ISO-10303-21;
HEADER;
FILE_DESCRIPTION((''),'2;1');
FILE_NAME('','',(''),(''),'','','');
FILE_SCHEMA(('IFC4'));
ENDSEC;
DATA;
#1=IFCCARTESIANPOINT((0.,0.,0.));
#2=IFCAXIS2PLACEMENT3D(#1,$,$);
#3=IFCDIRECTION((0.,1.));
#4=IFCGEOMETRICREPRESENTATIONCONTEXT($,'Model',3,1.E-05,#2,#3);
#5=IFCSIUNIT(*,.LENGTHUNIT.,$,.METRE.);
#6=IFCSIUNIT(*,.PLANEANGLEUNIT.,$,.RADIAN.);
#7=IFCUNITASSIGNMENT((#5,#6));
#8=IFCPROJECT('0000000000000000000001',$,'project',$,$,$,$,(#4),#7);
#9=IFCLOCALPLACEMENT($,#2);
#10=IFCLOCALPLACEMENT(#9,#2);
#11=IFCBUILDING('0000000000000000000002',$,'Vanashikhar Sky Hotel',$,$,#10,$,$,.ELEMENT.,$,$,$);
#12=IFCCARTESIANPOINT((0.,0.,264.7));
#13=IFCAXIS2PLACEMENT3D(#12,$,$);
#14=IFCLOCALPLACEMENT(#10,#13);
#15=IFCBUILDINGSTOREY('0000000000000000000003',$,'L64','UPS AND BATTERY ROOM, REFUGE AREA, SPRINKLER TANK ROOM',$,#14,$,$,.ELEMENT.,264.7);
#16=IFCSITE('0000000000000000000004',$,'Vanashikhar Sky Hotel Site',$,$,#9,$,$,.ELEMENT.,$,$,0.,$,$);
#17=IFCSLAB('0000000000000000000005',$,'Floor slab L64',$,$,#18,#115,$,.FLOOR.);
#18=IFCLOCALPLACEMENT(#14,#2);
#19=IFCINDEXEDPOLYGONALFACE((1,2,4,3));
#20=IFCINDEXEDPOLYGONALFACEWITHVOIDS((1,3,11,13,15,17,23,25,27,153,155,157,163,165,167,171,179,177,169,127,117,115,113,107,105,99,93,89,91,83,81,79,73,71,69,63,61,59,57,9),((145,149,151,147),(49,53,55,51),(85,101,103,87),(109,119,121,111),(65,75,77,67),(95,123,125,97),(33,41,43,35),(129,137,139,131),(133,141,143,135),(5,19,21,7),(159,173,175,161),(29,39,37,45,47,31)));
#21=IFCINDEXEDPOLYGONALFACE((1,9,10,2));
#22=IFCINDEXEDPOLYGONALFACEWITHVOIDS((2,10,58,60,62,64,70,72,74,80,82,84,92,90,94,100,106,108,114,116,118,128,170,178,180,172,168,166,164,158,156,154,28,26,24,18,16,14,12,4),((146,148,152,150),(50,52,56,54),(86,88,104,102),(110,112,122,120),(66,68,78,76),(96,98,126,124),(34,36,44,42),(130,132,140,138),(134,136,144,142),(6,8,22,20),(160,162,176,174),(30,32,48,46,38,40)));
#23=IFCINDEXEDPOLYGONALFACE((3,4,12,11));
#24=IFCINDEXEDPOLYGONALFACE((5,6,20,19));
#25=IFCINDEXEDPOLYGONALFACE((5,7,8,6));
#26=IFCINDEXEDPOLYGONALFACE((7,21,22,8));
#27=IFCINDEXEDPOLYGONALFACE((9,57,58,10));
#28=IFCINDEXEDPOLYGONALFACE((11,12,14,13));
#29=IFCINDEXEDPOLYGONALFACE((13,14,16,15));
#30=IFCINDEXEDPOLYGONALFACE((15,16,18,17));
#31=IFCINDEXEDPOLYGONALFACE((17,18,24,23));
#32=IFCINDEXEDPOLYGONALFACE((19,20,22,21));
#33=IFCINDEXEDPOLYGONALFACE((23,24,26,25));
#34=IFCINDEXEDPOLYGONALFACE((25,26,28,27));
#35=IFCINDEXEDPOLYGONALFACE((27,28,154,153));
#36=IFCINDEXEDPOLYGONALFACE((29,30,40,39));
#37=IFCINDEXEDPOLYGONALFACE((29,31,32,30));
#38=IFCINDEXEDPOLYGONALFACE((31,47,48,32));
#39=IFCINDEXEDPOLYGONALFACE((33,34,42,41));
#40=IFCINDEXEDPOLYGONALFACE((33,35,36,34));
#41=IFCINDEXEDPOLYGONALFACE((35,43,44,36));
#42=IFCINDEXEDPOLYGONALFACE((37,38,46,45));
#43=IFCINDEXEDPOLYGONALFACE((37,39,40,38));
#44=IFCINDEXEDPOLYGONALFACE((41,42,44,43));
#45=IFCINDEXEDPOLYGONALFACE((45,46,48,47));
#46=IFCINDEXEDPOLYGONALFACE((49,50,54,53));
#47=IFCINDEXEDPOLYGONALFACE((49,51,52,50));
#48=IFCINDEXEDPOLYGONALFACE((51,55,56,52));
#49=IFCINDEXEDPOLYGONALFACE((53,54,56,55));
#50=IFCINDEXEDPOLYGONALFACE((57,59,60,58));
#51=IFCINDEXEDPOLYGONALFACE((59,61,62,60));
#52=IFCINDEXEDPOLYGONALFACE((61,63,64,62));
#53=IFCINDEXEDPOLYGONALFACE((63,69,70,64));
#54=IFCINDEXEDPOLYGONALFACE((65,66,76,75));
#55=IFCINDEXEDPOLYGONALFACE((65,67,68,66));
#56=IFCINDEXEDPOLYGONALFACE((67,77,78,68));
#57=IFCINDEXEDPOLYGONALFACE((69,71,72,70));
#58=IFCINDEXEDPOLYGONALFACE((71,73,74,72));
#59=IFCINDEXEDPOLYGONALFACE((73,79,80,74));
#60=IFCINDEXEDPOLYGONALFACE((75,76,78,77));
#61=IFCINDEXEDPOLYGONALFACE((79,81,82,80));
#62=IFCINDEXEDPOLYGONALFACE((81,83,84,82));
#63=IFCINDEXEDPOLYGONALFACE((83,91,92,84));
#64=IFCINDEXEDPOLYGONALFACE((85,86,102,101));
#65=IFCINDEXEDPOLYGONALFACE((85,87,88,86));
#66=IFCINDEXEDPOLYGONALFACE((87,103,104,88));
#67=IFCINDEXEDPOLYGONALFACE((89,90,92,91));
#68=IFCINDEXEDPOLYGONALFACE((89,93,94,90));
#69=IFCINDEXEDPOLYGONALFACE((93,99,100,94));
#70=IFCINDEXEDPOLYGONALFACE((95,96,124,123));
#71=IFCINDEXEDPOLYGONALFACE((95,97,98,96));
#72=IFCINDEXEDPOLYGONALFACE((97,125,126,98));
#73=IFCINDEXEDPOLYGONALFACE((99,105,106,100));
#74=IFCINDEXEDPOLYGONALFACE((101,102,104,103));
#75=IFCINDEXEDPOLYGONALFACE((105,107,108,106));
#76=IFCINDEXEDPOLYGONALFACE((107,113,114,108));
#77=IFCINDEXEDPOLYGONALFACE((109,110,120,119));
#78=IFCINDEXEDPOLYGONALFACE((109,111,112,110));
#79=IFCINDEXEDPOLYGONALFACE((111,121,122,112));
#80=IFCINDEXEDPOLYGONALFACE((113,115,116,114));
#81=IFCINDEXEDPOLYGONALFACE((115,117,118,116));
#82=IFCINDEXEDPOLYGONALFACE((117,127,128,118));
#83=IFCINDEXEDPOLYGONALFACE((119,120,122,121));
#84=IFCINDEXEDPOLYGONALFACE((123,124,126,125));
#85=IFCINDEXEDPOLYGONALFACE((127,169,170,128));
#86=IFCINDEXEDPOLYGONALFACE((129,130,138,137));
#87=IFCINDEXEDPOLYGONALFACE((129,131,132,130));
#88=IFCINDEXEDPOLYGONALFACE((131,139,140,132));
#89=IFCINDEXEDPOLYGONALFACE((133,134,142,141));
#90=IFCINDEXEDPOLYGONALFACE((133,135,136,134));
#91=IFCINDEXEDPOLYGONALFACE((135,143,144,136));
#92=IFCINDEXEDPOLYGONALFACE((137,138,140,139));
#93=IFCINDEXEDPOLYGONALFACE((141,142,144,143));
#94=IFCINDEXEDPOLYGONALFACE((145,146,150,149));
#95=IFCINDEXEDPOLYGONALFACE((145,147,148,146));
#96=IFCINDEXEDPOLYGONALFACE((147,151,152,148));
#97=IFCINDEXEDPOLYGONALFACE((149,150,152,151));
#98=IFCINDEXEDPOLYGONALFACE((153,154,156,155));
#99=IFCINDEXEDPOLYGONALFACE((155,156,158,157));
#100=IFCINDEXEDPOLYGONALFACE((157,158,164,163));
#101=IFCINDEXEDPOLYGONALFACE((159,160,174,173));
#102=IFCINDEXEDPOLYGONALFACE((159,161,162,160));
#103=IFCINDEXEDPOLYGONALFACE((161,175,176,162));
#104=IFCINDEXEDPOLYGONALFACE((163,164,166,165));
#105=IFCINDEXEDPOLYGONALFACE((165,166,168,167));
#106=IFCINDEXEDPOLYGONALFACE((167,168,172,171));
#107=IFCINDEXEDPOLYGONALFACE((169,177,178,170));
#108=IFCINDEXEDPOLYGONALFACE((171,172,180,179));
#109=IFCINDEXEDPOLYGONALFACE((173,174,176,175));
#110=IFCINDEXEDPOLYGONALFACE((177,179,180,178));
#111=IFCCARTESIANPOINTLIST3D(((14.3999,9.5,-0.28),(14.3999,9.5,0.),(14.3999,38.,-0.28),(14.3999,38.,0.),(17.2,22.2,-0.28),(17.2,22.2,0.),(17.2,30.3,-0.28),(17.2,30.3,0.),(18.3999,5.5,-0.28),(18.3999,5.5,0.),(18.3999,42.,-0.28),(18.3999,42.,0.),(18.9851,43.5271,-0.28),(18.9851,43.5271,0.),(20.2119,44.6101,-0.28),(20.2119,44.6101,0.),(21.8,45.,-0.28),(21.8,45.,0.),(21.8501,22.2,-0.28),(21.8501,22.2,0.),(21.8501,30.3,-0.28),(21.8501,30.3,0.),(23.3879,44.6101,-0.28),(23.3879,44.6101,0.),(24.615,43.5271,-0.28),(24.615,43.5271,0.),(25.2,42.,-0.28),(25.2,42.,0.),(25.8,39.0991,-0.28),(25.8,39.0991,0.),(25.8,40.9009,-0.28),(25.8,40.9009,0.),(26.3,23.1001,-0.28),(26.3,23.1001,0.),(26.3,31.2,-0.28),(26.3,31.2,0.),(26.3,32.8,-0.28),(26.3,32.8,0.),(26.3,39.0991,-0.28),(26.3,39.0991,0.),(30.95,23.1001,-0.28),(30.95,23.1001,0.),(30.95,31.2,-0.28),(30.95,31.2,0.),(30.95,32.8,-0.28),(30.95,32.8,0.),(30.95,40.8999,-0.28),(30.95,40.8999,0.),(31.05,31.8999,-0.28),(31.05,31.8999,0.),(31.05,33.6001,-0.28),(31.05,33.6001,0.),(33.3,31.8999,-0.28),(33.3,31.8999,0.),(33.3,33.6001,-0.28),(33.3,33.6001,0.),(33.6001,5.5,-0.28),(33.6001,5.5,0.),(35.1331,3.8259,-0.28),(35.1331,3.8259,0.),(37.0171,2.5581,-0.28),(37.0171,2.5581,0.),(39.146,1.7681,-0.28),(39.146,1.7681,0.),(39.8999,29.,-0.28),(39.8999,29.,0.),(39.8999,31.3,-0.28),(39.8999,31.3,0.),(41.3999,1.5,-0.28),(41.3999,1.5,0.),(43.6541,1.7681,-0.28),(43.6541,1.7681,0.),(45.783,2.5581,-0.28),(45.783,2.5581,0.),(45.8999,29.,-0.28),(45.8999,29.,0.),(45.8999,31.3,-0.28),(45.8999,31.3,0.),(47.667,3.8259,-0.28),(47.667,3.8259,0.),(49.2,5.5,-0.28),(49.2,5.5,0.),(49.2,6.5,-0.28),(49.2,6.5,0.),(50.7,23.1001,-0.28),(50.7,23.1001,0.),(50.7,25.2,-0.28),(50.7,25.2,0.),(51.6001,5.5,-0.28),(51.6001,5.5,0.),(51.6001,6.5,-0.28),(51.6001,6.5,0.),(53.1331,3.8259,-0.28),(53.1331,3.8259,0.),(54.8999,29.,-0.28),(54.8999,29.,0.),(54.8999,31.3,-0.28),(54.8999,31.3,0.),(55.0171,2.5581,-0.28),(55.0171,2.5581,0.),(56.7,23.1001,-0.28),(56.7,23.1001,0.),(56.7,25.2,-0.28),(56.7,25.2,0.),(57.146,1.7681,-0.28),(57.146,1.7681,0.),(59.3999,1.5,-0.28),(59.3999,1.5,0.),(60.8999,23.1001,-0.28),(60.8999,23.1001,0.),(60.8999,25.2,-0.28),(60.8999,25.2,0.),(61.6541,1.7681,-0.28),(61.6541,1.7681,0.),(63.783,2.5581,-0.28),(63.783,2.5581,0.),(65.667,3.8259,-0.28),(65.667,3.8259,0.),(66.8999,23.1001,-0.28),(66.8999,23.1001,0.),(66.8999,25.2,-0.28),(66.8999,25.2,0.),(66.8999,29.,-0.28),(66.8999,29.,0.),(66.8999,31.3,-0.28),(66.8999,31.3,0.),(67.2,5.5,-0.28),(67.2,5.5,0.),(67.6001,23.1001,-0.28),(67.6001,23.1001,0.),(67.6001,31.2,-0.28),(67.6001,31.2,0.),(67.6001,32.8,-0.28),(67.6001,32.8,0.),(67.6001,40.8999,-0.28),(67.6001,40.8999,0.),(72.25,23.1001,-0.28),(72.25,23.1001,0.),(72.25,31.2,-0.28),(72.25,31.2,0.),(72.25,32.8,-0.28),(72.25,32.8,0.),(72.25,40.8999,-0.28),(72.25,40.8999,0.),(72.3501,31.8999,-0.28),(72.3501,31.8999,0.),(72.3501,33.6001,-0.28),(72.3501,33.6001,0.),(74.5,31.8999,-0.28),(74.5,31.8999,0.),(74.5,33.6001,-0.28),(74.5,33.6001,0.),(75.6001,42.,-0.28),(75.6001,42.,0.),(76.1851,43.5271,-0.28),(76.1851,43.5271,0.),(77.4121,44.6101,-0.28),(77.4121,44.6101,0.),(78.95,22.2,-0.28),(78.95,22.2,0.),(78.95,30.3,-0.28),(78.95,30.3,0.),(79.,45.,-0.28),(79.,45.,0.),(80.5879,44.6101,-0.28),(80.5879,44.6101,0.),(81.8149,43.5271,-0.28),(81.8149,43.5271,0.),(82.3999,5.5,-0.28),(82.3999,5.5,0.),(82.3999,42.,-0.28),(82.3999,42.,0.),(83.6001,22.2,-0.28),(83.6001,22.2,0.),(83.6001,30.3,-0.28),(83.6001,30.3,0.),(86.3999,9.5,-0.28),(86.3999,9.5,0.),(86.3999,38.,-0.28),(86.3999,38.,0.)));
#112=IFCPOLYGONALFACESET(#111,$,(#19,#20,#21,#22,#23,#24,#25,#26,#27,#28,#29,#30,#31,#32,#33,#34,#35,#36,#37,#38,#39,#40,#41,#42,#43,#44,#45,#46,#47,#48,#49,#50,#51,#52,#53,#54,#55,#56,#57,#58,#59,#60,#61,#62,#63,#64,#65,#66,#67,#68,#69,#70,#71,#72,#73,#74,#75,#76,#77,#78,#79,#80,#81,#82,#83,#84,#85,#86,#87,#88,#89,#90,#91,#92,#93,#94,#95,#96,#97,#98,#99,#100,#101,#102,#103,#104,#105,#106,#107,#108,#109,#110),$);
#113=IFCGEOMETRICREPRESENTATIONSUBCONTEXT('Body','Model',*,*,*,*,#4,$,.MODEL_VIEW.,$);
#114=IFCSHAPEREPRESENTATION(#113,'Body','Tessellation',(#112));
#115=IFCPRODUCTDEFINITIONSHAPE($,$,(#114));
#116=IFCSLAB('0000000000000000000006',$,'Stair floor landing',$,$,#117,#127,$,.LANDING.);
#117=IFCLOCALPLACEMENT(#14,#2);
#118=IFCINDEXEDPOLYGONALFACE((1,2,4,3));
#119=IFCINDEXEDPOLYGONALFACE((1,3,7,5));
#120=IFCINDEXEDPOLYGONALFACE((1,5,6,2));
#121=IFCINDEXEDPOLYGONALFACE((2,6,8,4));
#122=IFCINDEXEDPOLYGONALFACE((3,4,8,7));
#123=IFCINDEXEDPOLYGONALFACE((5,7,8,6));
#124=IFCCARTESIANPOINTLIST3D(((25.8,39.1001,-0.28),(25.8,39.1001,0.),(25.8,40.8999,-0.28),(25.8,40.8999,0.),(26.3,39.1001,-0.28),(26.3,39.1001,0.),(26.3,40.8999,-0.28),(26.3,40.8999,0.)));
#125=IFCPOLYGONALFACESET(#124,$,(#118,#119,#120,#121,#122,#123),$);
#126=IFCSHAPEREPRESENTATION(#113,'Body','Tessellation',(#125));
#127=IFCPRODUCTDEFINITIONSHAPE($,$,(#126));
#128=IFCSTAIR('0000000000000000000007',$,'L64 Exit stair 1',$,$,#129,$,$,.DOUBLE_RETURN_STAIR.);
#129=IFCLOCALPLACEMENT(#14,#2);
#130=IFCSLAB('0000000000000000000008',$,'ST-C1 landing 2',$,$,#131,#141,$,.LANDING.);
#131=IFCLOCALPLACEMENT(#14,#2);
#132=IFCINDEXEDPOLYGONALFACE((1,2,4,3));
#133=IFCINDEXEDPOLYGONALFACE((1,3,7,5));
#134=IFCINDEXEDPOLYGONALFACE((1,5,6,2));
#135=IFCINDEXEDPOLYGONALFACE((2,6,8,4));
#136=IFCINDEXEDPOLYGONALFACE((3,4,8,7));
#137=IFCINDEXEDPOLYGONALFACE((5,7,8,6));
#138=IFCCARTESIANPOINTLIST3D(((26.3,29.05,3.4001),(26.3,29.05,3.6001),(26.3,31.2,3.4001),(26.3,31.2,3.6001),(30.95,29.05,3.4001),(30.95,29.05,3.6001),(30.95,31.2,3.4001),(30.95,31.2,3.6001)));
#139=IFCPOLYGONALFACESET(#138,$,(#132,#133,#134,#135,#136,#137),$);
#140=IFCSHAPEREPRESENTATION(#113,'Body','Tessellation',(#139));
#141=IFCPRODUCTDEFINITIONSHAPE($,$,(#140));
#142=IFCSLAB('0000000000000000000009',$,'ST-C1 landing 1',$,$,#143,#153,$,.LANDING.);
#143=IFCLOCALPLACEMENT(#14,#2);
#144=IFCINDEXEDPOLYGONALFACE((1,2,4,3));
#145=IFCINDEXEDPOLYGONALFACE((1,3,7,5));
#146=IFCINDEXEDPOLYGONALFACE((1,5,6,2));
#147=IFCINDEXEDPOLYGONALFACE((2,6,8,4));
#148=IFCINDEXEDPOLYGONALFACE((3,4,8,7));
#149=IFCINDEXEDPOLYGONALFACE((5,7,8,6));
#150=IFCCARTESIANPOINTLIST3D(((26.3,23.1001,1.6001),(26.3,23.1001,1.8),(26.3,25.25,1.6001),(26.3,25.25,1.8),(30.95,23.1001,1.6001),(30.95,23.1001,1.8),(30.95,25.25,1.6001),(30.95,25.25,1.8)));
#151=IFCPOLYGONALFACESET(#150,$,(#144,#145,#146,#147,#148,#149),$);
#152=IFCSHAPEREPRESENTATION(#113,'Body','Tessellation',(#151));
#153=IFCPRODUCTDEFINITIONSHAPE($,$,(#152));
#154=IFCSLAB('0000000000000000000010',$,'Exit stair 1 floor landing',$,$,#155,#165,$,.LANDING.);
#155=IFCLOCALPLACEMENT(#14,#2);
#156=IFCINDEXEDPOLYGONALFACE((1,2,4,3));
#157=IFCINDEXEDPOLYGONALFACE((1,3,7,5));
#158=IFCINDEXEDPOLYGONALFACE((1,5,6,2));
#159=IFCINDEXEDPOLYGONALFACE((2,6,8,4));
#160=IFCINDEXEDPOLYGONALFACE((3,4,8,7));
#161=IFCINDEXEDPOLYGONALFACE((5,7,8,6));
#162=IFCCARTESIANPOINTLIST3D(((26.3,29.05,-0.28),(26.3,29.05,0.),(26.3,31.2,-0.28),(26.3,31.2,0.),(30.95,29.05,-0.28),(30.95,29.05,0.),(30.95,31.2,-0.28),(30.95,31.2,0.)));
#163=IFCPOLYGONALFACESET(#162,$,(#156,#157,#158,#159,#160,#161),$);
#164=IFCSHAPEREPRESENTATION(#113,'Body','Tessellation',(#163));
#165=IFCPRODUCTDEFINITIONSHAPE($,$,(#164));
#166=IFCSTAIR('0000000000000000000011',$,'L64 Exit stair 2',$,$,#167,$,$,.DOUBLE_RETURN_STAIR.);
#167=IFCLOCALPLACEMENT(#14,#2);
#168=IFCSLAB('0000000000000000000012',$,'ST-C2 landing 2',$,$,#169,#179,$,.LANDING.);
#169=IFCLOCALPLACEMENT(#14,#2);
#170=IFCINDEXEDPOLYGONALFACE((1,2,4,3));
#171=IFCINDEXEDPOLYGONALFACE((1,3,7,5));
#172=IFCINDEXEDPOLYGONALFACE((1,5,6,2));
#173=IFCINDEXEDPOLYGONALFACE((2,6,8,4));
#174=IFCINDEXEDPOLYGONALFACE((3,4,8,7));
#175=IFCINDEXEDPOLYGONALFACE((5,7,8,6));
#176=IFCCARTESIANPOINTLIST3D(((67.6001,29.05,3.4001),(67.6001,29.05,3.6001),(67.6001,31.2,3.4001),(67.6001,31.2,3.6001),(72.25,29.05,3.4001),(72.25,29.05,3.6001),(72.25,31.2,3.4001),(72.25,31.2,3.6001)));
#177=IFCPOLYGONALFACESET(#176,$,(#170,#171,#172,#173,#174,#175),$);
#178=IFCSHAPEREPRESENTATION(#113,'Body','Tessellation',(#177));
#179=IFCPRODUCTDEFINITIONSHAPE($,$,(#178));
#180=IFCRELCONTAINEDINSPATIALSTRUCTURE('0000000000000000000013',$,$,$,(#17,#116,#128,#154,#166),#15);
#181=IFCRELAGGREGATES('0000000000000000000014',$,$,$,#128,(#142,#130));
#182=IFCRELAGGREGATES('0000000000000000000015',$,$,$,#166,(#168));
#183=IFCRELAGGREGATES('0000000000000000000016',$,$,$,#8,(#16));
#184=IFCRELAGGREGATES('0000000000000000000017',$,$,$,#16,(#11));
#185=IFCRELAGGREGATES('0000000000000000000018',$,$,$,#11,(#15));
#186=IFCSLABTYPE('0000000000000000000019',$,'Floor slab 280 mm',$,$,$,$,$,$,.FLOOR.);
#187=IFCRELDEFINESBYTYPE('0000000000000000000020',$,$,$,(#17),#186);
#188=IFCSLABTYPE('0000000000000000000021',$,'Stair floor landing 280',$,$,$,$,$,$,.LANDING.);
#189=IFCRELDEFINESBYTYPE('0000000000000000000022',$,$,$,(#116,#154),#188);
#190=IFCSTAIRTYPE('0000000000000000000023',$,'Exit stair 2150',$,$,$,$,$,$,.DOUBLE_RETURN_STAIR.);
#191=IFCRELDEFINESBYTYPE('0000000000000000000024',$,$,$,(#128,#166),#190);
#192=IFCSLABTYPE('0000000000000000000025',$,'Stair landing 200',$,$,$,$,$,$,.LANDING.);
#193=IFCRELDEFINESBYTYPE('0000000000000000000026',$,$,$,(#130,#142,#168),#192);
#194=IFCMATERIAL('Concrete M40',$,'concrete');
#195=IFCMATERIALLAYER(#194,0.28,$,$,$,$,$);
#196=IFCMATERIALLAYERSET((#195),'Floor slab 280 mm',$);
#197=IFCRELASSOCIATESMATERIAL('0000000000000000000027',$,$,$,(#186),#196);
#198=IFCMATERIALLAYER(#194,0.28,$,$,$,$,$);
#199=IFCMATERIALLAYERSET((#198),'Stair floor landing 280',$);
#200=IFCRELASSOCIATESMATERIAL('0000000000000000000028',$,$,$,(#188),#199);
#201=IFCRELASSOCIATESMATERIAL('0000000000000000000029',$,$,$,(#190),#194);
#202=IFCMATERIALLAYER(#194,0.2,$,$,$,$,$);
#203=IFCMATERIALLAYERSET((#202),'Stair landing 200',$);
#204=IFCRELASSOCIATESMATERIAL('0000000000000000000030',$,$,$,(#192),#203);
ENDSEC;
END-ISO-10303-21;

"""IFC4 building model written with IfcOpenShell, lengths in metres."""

from ifc_helpers import new_model, si_unit, direction, frame, origin, place, context, subcontext, project, spatial, polyline, outline, extrude, source, transform, mapped, material, layer, layer_set, type_object, element, aggregate, save


model = new_model("IFC4")

# Units and contexts
model_context = context("Model", 3, precision=1e-05, world=origin(), true_north=direction((0.0, 1.0)))
body_context = subcontext(model_context, "Body", "Model", "MODEL_VIEW")
ifc_project = project(units=[si_unit("LENGTHUNIT", "METRE"), si_unit("PLANEANGLEUNIT", "RADIAN")], contexts=[model_context])

# Site, building, storey
site_placement = place(None, origin())
site = spatial("IfcSite", under=ifc_project, at=site_placement, Name="Vanashikhar Sky Hotel Site", CompositionType="ELEMENT", RefElevation=0.0)
building_placement = place(site_placement, origin())
building = spatial("IfcBuilding", under=site, at=building_placement, Name="Vanashikhar Sky Hotel", CompositionType="ELEMENT")
storey_placement = place(building_placement, frame((0.0, 0.0, 264.7)))
storey = spatial("IfcBuildingStorey", under=building, at=storey_placement, Name="L64", Description="UPS AND BATTERY ROOM, REFUGE AREA, SPRINKLER TANK ROOM", CompositionType="ELEMENT", Elevation=264.7)

# Slabs
ifc_material_1 = material(Name="Concrete M40", Category="concrete")
ifc_layer_1 = layer(ifc_material_1, 0.28)
ifc_layer_set_1 = layer_set([ifc_layer_1], Name="Floor slab 280 mm")
slab_type_1 = type_object("IfcSlabType", Name="Floor slab 280 mm", PredefinedType="FLOOR", material=ifc_layer_set_1)
shared_shape_1 = source(origin(), body_context, "Body", "SweptSolid", [
    extrude(outline(polyline([(49.2, 5.5), (49.2, 6.5), (51.6001, 6.5), (51.6001, 5.5), (53.1331, 3.8259), (55.0171, 2.5581), (57.146, 1.7681), (59.3999, 1.5), (61.6541, 1.7681), (63.783, 2.5581), (65.667, 3.8259), (67.2, 5.5), (82.3999, 5.5), (86.3999, 9.5), (86.3999, 38.0), (82.3999, 42.0), (81.8149, 43.5271), (80.5879, 44.6101), (79.0, 45.0), (77.4121, 44.6101), (76.1851, 43.5271), (75.6001, 42.0), (25.2, 42.0), (24.615, 43.5271), (23.3879, 44.6101), (21.8, 45.0), (20.2119, 44.6101), (18.9851, 43.5271), (18.3999, 42.0), (14.3999, 38.0), (14.3999, 9.5), (18.3999, 5.5), (33.6001, 5.5), (35.1331, 3.8259), (37.0171, 2.5581), (39.146, 1.7681), (41.3999, 1.5), (43.6541, 1.7681), (45.783, 2.5581), (47.667, 3.8259), (49.2, 5.5)]), holes=[polyline([(33.3, 33.6001), (31.05, 33.6001), (31.05, 31.8999), (33.3, 31.8999), (33.3, 33.6001)]), polyline([(39.8999, 31.3), (39.8999, 29.0), (45.8999, 29.0), (45.8999, 31.3), (39.8999, 31.3)]), polyline([(50.7, 25.2), (50.7, 23.1001), (56.7, 23.1001), (56.7, 25.2), (50.7, 25.2)]), polyline([(66.8999, 29.0), (66.8999, 31.3), (54.8999, 31.3), (54.8999, 29.0), (66.8999, 29.0)]), polyline([(60.8999, 25.2), (60.8999, 23.1001), (66.8999, 23.1001), (66.8999, 25.2), (60.8999, 25.2)]), polyline([(74.5, 33.6001), (72.3501, 33.6001), (72.3501, 31.8999), (74.5, 31.8999), (74.5, 33.6001)]), polyline([(30.95, 23.1001), (30.95, 31.2), (26.3, 31.2), (26.3, 23.1001), (30.95, 23.1001)]), polyline([(72.25, 23.1001), (72.25, 31.2), (67.6001, 31.2), (67.6001, 23.1001), (72.25, 23.1001)]), polyline([(25.8, 40.9009), (25.8, 39.0991), (26.3, 39.0991), (26.3, 32.8), (30.95, 32.8), (30.95, 40.8999), (25.8, 40.9009)]), polyline([(72.25, 32.8), (72.25, 40.8999), (67.6001, 40.8999), (67.6001, 32.8), (72.25, 32.8)]), polyline([(83.6001, 22.2), (83.6001, 30.3), (78.95, 30.3), (78.95, 22.2), (83.6001, 22.2)]), polyline([(21.8501, 22.2), (21.8501, 30.3), (17.2, 30.3), (17.2, 22.2), (21.8501, 22.2)])]), origin(), (0.0, 0.0, 1.0), 0.28),
])
slab_1_placement = place(storey_placement, frame((0.0, 0.0, -0.28)))
element("IfcSlab", 1, at=slab_1_placement, inside=storey, type_object=slab_type_1, Name="Floor slab L64", PredefinedType="FLOOR", context=body_context, shape_type="MappedRepresentation", body=[
    mapped(shared_shape_1, transform((0.0, 0.0, 0.0), scale=1.0)),
])
ifc_layer_2 = layer(ifc_material_1, 0.28)
ifc_layer_set_2 = layer_set([ifc_layer_2], Name="Stair floor landing 280")
slab_type_2 = type_object("IfcSlabType", Name="Stair floor landing 280", PredefinedType="LANDING", material=ifc_layer_set_2)
shared_shape_2 = source(origin(), body_context, "Body", "SweptSolid", [
    extrude(outline(polyline([(25.8, 39.1001), (26.3, 39.1001), (26.3, 40.8999), (25.8, 40.8999), (25.8, 39.1001)])), origin(), (0.0, 0.0, 1.0), 0.28),
])
slab_2_placement = place(storey_placement, frame((0.0, 0.0, -0.28)))
element("IfcSlab", 2, at=slab_2_placement, inside=storey, type_object=slab_type_2, Name="Stair floor landing", PredefinedType="LANDING", context=body_context, shape_type="MappedRepresentation", body=[
    mapped(shared_shape_2, transform((0.0, 0.0, 0.0), scale=1.0)),
])

# Stair, slabs
stair_type = type_object("IfcStairType", Name="Exit stair 2150", PredefinedType="DOUBLE_RETURN_STAIR", material=ifc_material_1)
stair_1_placement = place(storey_placement, origin())
stair_1 = element("IfcStair", 3, at=stair_1_placement, inside=storey, type_object=stair_type, Name="L64 Exit stair 1", PredefinedType="DOUBLE_RETURN_STAIR")
ifc_layer_3 = layer(ifc_material_1, 0.2)
ifc_layer_set_3 = layer_set([ifc_layer_3], Name="Stair landing 200")
slab_type_3 = type_object("IfcSlabType", Name="Stair landing 200", PredefinedType="LANDING", material=ifc_layer_set_3)
shared_shape_3 = source(origin(), body_context, "Body", "SweptSolid", [
    extrude(outline(polyline([(30.95, 29.05), (30.95, 31.2), (26.3, 31.2), (26.3, 29.05), (30.95, 29.05)])), origin(), (0.0, 0.0, 1.0), 0.2),
])
slab_3_placement = place(storey_placement, frame((0.0, 0.0, 3.4001)))
slab_3 = element("IfcSlab", 4, at=slab_3_placement, type_object=slab_type_3, Name="ST-C1 landing 2", PredefinedType="LANDING", context=body_context, shape_type="MappedRepresentation", body=[
    mapped(shared_shape_3, transform((0.0, 0.0, 0.0), scale=1.0)),
])
shared_shape_4 = source(origin(), body_context, "Body", "SweptSolid", [
    extrude(outline(polyline([(30.95, 23.1001), (30.95, 25.25), (26.3, 25.25), (26.3, 23.1001), (30.95, 23.1001)])), origin(), (0.0, 0.0, 1.0), 0.2),
])
slab_4_placement = place(storey_placement, frame((0.0, 0.0, 1.6001)))
slab_4 = element("IfcSlab", 5, at=slab_4_placement, type_object=slab_type_3, Name="ST-C1 landing 1", PredefinedType="LANDING", context=body_context, shape_type="MappedRepresentation", body=[
    mapped(shared_shape_4, transform((0.0, 0.0, 0.0), scale=1.0)),
])
aggregate(stair_1, [slab_4, slab_3])

# Slab
shared_shape_5 = source(origin(), body_context, "Body", "SweptSolid", [
    extrude(outline(polyline([(30.95, 29.05), (30.95, 31.2), (26.3, 31.2), (26.3, 29.05), (30.95, 29.05)])), origin(), (0.0, 0.0, 1.0), 0.28),
])
slab_5_placement = place(storey_placement, frame((0.0, 0.0, -0.28)))
element("IfcSlab", 6, at=slab_5_placement, inside=storey, type_object=slab_type_2, Name="Exit stair 1 floor landing", PredefinedType="LANDING", context=body_context, shape_type="MappedRepresentation", body=[
    mapped(shared_shape_5, transform((0.0, 0.0, 0.0), scale=1.0)),
])

# Stair, slab
stair_2_placement = place(storey_placement, origin())
stair_2 = element("IfcStair", 7, at=stair_2_placement, inside=storey, type_object=stair_type, Name="L64 Exit stair 2", PredefinedType="DOUBLE_RETURN_STAIR")
shared_shape_6 = source(origin(), body_context, "Body", "SweptSolid", [
    extrude(outline(polyline([(72.25, 29.05), (72.25, 31.2), (67.6001, 31.2), (67.6001, 29.05), (72.25, 29.05)])), origin(), (0.0, 0.0, 1.0), 0.2),
])
slab_6_placement = place(storey_placement, frame((0.0, 0.0, 3.4001)))
slab_6 = element("IfcSlab", 8, at=slab_6_placement, type_object=slab_type_3, Name="ST-C2 landing 2", PredefinedType="LANDING", context=body_context, shape_type="MappedRepresentation", body=[
    mapped(shared_shape_6, transform((0.0, 0.0, 0.0), scale=1.0)),
])
aggregate(stair_2, [slab_6])

save(model, "model.ifc")
